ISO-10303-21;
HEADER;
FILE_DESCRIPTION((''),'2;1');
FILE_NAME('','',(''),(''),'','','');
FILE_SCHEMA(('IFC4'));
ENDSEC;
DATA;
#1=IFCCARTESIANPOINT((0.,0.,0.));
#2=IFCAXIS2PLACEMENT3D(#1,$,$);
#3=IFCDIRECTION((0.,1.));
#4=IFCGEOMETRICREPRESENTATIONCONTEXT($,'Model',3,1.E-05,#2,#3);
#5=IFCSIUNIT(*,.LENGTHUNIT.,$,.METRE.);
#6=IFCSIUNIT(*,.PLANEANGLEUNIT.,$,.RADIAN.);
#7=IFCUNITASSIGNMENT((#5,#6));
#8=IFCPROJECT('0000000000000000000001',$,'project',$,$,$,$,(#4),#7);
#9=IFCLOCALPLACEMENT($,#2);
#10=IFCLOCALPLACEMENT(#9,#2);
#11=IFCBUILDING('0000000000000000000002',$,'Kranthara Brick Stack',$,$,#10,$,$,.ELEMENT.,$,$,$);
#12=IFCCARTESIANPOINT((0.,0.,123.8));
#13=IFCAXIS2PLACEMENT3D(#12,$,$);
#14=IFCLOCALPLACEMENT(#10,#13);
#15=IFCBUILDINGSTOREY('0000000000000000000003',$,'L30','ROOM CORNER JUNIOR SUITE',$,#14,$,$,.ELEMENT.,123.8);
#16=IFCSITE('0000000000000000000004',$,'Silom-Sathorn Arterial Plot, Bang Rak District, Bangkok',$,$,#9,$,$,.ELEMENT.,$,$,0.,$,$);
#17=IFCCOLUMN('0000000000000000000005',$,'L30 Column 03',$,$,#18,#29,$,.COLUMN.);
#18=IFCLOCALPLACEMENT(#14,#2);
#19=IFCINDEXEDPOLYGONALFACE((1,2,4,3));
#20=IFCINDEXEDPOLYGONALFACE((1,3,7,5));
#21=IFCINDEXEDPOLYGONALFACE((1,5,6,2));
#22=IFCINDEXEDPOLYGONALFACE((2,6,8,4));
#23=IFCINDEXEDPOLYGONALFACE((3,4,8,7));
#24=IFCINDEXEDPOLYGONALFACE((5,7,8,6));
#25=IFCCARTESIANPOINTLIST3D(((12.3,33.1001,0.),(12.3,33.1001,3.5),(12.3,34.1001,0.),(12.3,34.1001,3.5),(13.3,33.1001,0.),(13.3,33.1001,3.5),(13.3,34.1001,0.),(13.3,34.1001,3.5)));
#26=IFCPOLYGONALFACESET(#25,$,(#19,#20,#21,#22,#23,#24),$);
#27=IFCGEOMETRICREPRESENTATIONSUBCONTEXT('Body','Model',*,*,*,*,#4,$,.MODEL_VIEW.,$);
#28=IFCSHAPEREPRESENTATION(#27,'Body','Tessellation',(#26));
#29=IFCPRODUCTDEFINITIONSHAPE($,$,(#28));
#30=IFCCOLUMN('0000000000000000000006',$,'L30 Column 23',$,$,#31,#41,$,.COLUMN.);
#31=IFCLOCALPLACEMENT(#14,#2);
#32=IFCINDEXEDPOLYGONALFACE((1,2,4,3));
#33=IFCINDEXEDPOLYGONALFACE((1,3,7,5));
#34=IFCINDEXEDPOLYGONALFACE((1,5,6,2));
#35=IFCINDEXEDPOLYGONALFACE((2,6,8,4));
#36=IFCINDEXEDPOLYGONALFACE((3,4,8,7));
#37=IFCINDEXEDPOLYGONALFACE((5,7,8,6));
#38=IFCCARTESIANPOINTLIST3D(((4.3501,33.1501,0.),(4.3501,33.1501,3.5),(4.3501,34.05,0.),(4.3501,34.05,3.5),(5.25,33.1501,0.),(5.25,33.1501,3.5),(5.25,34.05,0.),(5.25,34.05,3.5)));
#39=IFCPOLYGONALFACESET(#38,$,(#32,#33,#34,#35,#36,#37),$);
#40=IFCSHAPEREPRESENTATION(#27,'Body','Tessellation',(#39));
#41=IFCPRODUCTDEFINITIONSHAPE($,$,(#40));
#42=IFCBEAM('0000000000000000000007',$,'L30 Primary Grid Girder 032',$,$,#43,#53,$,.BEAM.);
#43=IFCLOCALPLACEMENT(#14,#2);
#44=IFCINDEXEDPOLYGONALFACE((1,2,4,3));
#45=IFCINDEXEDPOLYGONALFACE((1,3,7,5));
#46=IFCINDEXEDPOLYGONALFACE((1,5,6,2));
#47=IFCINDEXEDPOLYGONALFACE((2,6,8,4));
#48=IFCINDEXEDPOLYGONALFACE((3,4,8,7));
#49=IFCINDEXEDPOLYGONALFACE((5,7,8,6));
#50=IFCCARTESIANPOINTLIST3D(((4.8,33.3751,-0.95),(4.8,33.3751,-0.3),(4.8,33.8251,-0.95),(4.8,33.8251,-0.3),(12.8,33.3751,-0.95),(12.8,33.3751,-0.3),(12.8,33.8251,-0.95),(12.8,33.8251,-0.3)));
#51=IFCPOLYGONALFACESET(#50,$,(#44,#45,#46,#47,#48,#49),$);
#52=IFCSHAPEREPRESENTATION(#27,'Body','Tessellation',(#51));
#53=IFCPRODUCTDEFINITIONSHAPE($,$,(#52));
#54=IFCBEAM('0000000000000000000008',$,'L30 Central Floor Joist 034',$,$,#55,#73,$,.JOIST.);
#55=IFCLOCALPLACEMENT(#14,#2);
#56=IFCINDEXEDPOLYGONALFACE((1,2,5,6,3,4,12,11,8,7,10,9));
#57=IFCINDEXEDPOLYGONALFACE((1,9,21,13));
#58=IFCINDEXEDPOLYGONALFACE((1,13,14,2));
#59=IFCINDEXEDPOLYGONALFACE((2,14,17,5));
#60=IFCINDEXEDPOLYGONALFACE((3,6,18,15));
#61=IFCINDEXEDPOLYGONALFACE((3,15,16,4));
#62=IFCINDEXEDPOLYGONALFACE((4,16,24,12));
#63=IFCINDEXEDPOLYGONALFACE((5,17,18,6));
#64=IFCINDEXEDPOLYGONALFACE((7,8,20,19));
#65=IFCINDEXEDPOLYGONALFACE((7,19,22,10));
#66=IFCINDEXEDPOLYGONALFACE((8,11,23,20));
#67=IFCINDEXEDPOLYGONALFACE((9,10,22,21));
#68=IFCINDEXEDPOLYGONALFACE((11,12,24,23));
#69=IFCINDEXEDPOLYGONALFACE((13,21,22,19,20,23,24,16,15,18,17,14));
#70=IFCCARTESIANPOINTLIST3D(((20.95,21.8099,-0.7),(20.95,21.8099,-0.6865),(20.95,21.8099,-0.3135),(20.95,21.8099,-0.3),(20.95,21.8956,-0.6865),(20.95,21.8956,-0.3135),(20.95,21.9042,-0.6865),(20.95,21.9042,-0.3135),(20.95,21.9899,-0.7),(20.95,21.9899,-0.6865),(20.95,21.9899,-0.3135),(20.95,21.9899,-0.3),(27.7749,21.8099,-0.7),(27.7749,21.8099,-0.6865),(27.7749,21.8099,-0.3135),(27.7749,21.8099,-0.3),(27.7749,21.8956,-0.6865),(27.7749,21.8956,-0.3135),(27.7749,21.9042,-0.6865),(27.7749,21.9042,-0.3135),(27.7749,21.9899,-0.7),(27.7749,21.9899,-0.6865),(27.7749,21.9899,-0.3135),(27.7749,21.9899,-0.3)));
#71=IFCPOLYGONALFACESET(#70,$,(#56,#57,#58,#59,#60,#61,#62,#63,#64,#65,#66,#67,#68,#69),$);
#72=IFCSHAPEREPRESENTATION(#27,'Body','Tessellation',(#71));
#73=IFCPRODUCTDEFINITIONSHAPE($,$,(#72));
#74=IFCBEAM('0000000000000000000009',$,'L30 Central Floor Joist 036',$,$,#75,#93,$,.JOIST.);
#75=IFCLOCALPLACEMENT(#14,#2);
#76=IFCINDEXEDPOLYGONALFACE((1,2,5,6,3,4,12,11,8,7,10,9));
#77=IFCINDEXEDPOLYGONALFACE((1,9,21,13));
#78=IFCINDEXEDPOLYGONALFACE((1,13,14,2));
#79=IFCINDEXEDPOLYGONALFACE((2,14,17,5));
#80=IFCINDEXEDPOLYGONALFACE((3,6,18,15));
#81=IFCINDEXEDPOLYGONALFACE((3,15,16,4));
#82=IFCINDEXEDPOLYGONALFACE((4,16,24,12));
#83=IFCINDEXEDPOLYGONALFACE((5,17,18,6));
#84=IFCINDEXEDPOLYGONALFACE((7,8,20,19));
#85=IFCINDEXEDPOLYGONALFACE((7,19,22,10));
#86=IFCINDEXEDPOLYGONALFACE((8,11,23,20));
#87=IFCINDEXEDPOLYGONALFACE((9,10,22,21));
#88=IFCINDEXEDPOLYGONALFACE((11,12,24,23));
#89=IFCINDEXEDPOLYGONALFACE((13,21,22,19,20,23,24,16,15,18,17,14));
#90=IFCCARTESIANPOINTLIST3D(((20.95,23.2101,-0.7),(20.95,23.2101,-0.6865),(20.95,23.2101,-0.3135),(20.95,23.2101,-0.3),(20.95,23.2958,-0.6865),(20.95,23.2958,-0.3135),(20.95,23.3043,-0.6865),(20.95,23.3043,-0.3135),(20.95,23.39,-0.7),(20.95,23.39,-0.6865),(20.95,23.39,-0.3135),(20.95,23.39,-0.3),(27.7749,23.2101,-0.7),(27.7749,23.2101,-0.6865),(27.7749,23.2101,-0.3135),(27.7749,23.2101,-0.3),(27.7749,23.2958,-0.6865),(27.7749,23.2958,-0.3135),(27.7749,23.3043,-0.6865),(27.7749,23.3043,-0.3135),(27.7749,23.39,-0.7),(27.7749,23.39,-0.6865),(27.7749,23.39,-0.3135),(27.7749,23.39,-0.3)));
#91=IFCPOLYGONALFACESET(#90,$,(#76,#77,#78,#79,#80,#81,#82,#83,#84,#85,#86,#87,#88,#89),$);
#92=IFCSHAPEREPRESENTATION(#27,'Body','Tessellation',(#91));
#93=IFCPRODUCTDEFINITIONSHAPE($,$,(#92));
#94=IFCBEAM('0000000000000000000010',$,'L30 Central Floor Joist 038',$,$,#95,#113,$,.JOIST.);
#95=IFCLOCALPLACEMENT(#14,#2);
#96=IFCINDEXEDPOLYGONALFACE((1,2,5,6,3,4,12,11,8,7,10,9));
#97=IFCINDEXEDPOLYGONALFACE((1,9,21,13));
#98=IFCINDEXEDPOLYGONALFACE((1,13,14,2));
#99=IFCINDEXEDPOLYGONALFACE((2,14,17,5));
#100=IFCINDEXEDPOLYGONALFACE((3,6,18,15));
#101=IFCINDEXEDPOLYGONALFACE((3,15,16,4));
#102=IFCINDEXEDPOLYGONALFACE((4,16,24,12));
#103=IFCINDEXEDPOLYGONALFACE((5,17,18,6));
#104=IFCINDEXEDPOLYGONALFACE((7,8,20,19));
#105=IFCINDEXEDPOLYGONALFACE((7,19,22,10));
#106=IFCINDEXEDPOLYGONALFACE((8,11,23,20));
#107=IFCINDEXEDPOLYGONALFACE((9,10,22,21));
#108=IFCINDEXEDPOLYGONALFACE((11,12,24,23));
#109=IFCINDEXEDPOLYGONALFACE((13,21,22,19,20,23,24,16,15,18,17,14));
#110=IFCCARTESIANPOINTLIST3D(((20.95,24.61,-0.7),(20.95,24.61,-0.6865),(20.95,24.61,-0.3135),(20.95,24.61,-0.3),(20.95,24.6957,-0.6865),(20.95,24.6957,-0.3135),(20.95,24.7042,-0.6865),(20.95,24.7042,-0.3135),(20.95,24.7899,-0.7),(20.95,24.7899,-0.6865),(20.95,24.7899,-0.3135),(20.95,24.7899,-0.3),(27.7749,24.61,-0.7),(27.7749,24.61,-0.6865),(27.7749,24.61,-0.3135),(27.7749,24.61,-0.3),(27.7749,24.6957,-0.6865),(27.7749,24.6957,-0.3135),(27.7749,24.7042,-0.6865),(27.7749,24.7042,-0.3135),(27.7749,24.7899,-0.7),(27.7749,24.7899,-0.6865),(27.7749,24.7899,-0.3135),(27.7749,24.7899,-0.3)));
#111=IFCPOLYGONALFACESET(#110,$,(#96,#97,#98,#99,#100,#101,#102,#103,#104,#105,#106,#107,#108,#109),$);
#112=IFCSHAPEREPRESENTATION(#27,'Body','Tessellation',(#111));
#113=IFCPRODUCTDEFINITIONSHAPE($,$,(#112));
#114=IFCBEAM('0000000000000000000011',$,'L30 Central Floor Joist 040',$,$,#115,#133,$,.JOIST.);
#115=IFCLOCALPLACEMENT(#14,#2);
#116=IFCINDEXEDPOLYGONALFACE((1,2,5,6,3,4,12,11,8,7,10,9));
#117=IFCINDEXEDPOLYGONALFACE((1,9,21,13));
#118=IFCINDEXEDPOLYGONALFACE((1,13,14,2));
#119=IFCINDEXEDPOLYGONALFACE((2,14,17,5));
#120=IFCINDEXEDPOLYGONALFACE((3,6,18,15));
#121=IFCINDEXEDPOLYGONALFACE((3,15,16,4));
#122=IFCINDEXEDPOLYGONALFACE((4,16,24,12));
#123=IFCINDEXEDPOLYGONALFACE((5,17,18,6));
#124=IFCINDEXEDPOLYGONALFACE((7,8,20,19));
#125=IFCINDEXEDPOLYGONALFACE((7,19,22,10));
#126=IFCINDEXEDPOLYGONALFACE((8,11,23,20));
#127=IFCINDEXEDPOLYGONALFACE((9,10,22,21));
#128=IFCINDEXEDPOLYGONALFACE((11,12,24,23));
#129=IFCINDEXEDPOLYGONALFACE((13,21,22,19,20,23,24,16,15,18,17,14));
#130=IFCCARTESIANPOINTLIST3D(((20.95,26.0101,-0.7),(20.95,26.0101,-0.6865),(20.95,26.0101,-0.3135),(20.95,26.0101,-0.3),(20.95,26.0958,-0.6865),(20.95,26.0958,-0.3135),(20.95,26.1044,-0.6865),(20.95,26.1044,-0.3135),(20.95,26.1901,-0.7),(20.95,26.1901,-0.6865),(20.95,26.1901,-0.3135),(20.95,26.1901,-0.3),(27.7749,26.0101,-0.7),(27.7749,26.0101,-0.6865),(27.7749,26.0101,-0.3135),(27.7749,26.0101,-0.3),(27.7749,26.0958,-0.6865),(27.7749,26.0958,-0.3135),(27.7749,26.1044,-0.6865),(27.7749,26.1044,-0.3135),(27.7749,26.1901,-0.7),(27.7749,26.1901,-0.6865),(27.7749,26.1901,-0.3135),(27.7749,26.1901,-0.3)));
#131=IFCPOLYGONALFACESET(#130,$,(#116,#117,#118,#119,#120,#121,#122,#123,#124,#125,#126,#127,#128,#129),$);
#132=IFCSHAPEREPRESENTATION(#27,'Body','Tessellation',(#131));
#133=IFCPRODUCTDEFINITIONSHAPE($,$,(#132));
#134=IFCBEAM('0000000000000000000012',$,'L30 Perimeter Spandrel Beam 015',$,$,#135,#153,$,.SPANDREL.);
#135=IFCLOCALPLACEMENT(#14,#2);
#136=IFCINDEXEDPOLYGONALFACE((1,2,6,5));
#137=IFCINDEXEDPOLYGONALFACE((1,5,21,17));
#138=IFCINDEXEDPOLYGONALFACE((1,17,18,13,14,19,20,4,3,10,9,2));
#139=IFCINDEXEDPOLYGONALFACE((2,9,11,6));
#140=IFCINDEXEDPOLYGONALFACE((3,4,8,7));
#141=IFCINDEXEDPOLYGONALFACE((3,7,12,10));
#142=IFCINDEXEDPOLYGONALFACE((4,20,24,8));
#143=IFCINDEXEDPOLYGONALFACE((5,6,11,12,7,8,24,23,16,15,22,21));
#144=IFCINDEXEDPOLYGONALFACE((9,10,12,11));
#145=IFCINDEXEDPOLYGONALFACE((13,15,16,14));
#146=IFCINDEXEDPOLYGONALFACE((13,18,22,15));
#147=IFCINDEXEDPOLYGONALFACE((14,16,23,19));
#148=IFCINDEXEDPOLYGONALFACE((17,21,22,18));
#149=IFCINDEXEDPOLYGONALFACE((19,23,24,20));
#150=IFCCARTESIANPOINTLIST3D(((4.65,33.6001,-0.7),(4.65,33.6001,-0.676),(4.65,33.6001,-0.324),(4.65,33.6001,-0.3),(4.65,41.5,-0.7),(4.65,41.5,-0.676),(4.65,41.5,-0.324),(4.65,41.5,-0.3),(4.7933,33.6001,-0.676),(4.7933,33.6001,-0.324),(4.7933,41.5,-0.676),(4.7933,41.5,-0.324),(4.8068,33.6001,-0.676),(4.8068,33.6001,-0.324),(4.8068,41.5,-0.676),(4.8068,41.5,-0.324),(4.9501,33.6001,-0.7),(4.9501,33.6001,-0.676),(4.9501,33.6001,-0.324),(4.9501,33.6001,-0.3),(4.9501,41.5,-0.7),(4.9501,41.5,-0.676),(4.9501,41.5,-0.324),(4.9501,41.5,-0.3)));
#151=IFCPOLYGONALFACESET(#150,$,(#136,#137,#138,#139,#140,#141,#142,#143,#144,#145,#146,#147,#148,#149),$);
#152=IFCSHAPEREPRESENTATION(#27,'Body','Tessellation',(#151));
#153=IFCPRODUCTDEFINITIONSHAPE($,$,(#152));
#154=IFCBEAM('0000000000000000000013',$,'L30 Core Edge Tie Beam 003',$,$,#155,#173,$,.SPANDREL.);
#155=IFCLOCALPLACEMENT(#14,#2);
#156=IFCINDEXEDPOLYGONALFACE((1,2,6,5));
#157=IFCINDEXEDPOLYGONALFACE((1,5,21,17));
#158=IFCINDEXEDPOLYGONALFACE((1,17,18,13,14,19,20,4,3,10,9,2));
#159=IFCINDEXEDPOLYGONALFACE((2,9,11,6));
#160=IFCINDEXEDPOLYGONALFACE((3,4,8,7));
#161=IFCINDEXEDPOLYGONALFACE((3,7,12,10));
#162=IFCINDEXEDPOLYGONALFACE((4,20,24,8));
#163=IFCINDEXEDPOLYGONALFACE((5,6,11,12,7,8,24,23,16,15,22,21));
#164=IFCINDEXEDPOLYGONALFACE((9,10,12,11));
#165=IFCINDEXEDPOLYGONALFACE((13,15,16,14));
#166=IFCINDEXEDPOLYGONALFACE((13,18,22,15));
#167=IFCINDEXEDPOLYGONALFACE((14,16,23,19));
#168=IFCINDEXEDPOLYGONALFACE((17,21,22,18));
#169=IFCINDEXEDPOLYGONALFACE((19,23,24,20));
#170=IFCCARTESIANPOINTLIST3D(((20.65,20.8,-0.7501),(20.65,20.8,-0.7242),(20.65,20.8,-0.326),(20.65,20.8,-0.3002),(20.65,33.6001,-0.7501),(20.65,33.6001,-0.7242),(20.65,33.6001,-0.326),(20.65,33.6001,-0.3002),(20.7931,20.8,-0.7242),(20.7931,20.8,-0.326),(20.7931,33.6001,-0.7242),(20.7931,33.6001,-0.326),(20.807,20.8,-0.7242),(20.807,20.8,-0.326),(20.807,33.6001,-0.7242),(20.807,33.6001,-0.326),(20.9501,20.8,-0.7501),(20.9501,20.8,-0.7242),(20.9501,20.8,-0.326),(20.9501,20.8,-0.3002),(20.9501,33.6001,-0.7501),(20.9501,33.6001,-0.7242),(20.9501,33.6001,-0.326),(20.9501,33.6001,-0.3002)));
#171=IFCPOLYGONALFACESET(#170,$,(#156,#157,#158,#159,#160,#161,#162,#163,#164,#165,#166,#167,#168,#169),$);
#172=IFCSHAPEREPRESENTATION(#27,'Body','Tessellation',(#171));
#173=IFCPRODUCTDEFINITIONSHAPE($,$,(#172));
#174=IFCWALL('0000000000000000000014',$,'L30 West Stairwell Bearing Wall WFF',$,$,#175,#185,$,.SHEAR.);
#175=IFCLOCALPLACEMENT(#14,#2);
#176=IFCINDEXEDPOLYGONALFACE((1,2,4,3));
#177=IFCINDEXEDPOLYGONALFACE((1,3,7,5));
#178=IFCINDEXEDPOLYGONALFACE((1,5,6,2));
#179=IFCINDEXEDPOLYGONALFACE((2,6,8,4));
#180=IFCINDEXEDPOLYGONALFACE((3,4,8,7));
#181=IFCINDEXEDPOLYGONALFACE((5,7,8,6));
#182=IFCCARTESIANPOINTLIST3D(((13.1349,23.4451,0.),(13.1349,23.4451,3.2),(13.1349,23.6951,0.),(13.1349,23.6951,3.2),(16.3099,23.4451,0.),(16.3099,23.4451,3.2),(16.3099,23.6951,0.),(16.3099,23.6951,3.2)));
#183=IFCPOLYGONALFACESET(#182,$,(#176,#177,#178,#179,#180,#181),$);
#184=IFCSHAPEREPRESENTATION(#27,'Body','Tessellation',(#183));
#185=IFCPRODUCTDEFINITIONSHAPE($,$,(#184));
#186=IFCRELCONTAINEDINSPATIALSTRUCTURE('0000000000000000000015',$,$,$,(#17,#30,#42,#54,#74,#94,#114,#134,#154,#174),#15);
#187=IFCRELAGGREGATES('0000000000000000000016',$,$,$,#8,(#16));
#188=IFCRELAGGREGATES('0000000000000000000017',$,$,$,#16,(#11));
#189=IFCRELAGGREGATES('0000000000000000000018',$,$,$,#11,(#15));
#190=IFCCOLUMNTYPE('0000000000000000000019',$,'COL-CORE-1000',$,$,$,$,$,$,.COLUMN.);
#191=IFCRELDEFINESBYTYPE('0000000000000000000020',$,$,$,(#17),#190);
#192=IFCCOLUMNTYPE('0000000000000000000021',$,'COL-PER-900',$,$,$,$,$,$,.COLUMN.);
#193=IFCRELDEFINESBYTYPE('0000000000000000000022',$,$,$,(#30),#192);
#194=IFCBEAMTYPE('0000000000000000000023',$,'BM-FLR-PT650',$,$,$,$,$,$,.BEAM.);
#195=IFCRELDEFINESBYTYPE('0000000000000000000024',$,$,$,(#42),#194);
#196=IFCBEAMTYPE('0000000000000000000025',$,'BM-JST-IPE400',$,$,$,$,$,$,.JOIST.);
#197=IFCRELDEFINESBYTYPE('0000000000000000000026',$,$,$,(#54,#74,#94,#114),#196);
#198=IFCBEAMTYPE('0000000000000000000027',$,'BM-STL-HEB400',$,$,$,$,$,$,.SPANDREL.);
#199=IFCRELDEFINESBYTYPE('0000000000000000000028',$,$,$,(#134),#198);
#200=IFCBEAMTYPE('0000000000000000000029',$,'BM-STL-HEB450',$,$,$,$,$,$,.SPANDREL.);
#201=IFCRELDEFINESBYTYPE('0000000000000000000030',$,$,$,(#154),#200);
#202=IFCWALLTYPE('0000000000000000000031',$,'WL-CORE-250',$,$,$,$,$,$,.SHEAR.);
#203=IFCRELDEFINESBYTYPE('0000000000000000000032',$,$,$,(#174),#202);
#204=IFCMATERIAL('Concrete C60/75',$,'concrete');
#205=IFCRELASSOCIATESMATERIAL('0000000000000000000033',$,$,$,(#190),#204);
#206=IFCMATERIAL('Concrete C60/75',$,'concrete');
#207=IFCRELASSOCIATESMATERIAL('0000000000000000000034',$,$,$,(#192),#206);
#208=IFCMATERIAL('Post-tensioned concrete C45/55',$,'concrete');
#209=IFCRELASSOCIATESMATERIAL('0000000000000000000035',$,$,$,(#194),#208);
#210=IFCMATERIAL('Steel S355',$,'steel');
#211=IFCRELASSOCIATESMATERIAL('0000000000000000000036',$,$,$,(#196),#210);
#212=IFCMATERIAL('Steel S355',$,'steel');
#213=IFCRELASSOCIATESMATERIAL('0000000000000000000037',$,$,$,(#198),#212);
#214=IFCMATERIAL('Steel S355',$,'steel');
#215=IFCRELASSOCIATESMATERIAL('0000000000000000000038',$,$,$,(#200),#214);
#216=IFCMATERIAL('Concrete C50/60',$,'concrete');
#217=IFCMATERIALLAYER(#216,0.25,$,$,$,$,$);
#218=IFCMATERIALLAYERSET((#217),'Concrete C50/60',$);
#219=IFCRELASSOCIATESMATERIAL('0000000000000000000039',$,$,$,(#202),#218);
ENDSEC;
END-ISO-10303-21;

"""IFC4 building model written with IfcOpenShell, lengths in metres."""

from ifc_helpers import new_model, si_unit, direction, frame, frame_2d, origin, origin_2d, place, context, subcontext, project, spatial, rectangle, i_section, extrude, material, layer, layer_set, material_profile, profile_set, type_object, element, save


model = new_model("IFC4")

# Units and contexts
model_context = context("Model", 3, precision=1e-05, world=origin(), true_north=direction((0.0, 1.0)))
body_context = subcontext(model_context, "Body", "Model", "MODEL_VIEW")
ifc_project = project(units=[si_unit("LENGTHUNIT", "METRE"), si_unit("PLANEANGLEUNIT", "RADIAN")], contexts=[model_context])

# Site, building, storey
site_placement = place(None, origin())
site = spatial("IfcSite", under=ifc_project, at=site_placement, Name="Silom-Sathorn Arterial Plot, Bang Rak District, Bangkok", CompositionType="ELEMENT", RefElevation=0.0)
building_placement = place(site_placement, origin())
building = spatial("IfcBuilding", under=site, at=building_placement, Name="Kranthara Brick Stack", CompositionType="ELEMENT")
storey_placement = place(building_placement, frame((0.0, 0.0, 123.8)))
storey = spatial("IfcBuildingStorey", under=building, at=storey_placement, Name="L30", Description="ROOM CORNER JUNIOR SUITE", CompositionType="ELEMENT", Elevation=123.8)

# Columns
ifc_material_1 = material(Name="Concrete C60/75", Category="concrete")
ifc_material_profile_1 = material_profile(ifc_material_1, rectangle(XDim=1.0, YDim=1.0, at=origin_2d()), Name="RC 1000x1000")
ifc_profile_set_1 = profile_set([ifc_material_profile_1], Name="Concrete C60/75")
column_type_1 = type_object("IfcColumnType", Name="COL-CORE-1000", PredefinedType="COLUMN", material=ifc_profile_set_1)
column_1_placement = place(storey_placement, frame((12.8, 33.6001, 0.0), z_axis=(0.0, 0.0, 1.0), x_axis=(1.0, 0.0, 0.0)))
element("IfcColumn", 1, at=column_1_placement, inside=storey, type_object=column_type_1, Name="L30 Column 03", PredefinedType="COLUMN", context=body_context, shape_type="SweptSolid", body=[
    extrude(rectangle(XDim=1.0, YDim=1.0, at=origin_2d()), origin(), (0.0, 0.0, 1.0), 3.5),
])
ifc_material_2 = material(Name="Concrete C60/75", Category="concrete")
ifc_material_profile_2 = material_profile(ifc_material_2, rectangle(XDim=0.8999, YDim=0.8999, at=origin_2d()), Name="RC 900x900")
ifc_profile_set_2 = profile_set([ifc_material_profile_2], Name="Concrete C60/75")
column_type_2 = type_object("IfcColumnType", Name="COL-PER-900", PredefinedType="COLUMN", material=ifc_profile_set_2)
column_2_placement = place(storey_placement, frame((4.8, 33.6001, 0.0), z_axis=(0.0, 0.0, 1.0), x_axis=(1.0, 0.0, 0.0)))
element("IfcColumn", 2, at=column_2_placement, inside=storey, type_object=column_type_2, Name="L30 Column 23", PredefinedType="COLUMN", context=body_context, shape_type="SweptSolid", body=[
    extrude(rectangle(XDim=0.8999, YDim=0.8999, at=origin_2d()), origin(), (0.0, 0.0, 1.0), 3.5),
])

# Beams
ifc_material_3 = material(Name="Post-tensioned concrete C45/55", Category="concrete")
ifc_material_profile_3 = material_profile(ifc_material_3, rectangle(XDim=0.45, YDim=0.6499, at=origin_2d()), Name="PT 450x650")
ifc_profile_set_3 = profile_set([ifc_material_profile_3], Name="Post-tensioned concrete C45/55")
beam_type_1 = type_object("IfcBeamType", Name="BM-FLR-PT650", PredefinedType="BEAM", material=ifc_profile_set_3)
beam_1_placement = place(storey_placement, frame((4.8, 33.6001, -0.625), z_axis=(1.0, 0.0, 0.0), x_axis=(0.0, 1.0, 0.0)))
element("IfcBeam", 3, at=beam_1_placement, inside=storey, type_object=beam_type_1, Name="L30 Primary Grid Girder 032", PredefinedType="BEAM", context=body_context, shape_type="SweptSolid", body=[
    extrude(rectangle(XDim=0.45, YDim=0.6499, at=origin_2d()), origin(), (0.0, 0.0, 1.0), 8.0),
])
ifc_material_4 = material(Name="Steel S355", Category="steel")
ifc_material_profile_4 = material_profile(ifc_material_4, i_section(OverallWidth=0.1799, OverallDepth=0.3999, WebThickness=0.0085, FlangeThickness=0.0134, at=origin_2d()), Name="IPE 400")
ifc_profile_set_4 = profile_set([ifc_material_profile_4], Name="Steel S355")
beam_type_2 = type_object("IfcBeamType", Name="BM-JST-IPE400", PredefinedType="JOIST", material=ifc_profile_set_4)
for number, where, z_axis, x_axis, name in (
    (4, (20.95, 21.8999, -0.5), (1.0, 0.0, 0.0), (0.0, 1.0, 0.0), "L30 Central Floor Joist 034"),
    (5, (20.95, 23.3, -0.5), (1.0, 0.0, 0.0), (0.0, 1.0, 0.0), "L30 Central Floor Joist 036"),
    (6, (20.95, 24.7, -0.5), (1.0, 0.0, 0.0), (0.0, 1.0, 0.0), "L30 Central Floor Joist 038"),
    (7, (20.95, 26.1001, -0.5), (1.0, 0.0, 0.0), (0.0, 1.0, 0.0), "L30 Central Floor Joist 040"),
):
    element("IfcBeam", number, at=place(storey_placement, frame(where, z_axis=z_axis, x_axis=x_axis)), inside=storey, type_object=beam_type_2, Name=name, PredefinedType="JOIST", context=body_context, shape_type="SweptSolid", body=[
        extrude(i_section(OverallWidth=0.1799, OverallDepth=0.3999, WebThickness=0.0085, FlangeThickness=0.0134, at=origin_2d()), origin(), (0.0, 0.0, 1.0), 6.825),
    ])
ifc_material_5 = material(Name="Steel S355", Category="steel")
ifc_material_profile_5 = material_profile(ifc_material_5, i_section(OverallWidth=0.3, OverallDepth=0.3999, WebThickness=0.0134, FlangeThickness=0.0239, at=origin_2d()), Name="HEB 400")
ifc_profile_set_5 = profile_set([ifc_material_profile_5], Name="Steel S355")
beam_type_3 = type_object("IfcBeamType", Name="BM-STL-HEB400", PredefinedType="SPANDREL", material=ifc_profile_set_5)
beam_2_placement = place(storey_placement, frame((4.8, 33.6001, -0.5), z_axis=(0.0, 1.0, 0.0), x_axis=(-1.0, 0.0, 0.0)))
element("IfcBeam", 8, at=beam_2_placement, inside=storey, type_object=beam_type_3, Name="L30 Perimeter Spandrel Beam 015", PredefinedType="SPANDREL", context=body_context, shape_type="SweptSolid", body=[
    extrude(i_section(OverallWidth=0.3, OverallDepth=0.3999, WebThickness=0.0134, FlangeThickness=0.0239, at=origin_2d()), origin(), (0.0, 0.0, 1.0), 7.8999),
])
ifc_material_6 = material(Name="Steel S355", Category="steel")
ifc_material_profile_6 = material_profile(ifc_material_6, i_section(OverallWidth=0.3, OverallDepth=0.45, WebThickness=0.0139, FlangeThickness=0.0259, at=origin_2d()), Name="HEB 450")
ifc_profile_set_6 = profile_set([ifc_material_profile_6], Name="Steel S355")
beam_type_4 = type_object("IfcBeamType", Name="BM-STL-HEB450", PredefinedType="SPANDREL", material=ifc_profile_set_6)
beam_3_placement = place(storey_placement, frame((20.8, 20.8, -0.5251), z_axis=(0.0, 1.0, 0.0), x_axis=(-1.0, 0.0, 0.0)))
element("IfcBeam", 9, at=beam_3_placement, inside=storey, type_object=beam_type_4, Name="L30 Core Edge Tie Beam 003", PredefinedType="SPANDREL", context=body_context, shape_type="SweptSolid", body=[
    extrude(i_section(OverallWidth=0.3, OverallDepth=0.45, WebThickness=0.0139, FlangeThickness=0.0259, at=origin_2d()), origin(), (0.0, 0.0, 1.0), 12.8),
])

# Shared definitions
ifc_material_7 = material(Name="Concrete C50/60", Category="concrete")
ifc_layer_1 = layer(ifc_material_7, 0.25)
ifc_layer_set_1 = layer_set([ifc_layer_1], Name="Concrete C50/60")
wall_type_1 = type_object("IfcWallType", Name="WL-CORE-250", PredefinedType="SHEAR", material=ifc_layer_set_1)

# Wall
for number, where, z_axis, x_axis, name in (
    (10, (13.135, 23.5701, 0.0), (0.0, 0.0, 1.0), (1.0, 0.0, 0.0), "L30 West Stairwell Bearing Wall WFF"),
):
    element("IfcWall", number, at=place(storey_placement, frame(where, z_axis=z_axis, x_axis=x_axis)), inside=storey, type_object=wall_type_1, Name=name, PredefinedType="SHEAR", context=body_context, shape_type="SweptSolid", body=[
        extrude(rectangle(XDim=3.175, YDim=0.25, at=frame_2d((1.5874, 0.0))), origin(), (0.0, 0.0, 1.0), 3.2),
    ])

save(model, "model.ifc")
